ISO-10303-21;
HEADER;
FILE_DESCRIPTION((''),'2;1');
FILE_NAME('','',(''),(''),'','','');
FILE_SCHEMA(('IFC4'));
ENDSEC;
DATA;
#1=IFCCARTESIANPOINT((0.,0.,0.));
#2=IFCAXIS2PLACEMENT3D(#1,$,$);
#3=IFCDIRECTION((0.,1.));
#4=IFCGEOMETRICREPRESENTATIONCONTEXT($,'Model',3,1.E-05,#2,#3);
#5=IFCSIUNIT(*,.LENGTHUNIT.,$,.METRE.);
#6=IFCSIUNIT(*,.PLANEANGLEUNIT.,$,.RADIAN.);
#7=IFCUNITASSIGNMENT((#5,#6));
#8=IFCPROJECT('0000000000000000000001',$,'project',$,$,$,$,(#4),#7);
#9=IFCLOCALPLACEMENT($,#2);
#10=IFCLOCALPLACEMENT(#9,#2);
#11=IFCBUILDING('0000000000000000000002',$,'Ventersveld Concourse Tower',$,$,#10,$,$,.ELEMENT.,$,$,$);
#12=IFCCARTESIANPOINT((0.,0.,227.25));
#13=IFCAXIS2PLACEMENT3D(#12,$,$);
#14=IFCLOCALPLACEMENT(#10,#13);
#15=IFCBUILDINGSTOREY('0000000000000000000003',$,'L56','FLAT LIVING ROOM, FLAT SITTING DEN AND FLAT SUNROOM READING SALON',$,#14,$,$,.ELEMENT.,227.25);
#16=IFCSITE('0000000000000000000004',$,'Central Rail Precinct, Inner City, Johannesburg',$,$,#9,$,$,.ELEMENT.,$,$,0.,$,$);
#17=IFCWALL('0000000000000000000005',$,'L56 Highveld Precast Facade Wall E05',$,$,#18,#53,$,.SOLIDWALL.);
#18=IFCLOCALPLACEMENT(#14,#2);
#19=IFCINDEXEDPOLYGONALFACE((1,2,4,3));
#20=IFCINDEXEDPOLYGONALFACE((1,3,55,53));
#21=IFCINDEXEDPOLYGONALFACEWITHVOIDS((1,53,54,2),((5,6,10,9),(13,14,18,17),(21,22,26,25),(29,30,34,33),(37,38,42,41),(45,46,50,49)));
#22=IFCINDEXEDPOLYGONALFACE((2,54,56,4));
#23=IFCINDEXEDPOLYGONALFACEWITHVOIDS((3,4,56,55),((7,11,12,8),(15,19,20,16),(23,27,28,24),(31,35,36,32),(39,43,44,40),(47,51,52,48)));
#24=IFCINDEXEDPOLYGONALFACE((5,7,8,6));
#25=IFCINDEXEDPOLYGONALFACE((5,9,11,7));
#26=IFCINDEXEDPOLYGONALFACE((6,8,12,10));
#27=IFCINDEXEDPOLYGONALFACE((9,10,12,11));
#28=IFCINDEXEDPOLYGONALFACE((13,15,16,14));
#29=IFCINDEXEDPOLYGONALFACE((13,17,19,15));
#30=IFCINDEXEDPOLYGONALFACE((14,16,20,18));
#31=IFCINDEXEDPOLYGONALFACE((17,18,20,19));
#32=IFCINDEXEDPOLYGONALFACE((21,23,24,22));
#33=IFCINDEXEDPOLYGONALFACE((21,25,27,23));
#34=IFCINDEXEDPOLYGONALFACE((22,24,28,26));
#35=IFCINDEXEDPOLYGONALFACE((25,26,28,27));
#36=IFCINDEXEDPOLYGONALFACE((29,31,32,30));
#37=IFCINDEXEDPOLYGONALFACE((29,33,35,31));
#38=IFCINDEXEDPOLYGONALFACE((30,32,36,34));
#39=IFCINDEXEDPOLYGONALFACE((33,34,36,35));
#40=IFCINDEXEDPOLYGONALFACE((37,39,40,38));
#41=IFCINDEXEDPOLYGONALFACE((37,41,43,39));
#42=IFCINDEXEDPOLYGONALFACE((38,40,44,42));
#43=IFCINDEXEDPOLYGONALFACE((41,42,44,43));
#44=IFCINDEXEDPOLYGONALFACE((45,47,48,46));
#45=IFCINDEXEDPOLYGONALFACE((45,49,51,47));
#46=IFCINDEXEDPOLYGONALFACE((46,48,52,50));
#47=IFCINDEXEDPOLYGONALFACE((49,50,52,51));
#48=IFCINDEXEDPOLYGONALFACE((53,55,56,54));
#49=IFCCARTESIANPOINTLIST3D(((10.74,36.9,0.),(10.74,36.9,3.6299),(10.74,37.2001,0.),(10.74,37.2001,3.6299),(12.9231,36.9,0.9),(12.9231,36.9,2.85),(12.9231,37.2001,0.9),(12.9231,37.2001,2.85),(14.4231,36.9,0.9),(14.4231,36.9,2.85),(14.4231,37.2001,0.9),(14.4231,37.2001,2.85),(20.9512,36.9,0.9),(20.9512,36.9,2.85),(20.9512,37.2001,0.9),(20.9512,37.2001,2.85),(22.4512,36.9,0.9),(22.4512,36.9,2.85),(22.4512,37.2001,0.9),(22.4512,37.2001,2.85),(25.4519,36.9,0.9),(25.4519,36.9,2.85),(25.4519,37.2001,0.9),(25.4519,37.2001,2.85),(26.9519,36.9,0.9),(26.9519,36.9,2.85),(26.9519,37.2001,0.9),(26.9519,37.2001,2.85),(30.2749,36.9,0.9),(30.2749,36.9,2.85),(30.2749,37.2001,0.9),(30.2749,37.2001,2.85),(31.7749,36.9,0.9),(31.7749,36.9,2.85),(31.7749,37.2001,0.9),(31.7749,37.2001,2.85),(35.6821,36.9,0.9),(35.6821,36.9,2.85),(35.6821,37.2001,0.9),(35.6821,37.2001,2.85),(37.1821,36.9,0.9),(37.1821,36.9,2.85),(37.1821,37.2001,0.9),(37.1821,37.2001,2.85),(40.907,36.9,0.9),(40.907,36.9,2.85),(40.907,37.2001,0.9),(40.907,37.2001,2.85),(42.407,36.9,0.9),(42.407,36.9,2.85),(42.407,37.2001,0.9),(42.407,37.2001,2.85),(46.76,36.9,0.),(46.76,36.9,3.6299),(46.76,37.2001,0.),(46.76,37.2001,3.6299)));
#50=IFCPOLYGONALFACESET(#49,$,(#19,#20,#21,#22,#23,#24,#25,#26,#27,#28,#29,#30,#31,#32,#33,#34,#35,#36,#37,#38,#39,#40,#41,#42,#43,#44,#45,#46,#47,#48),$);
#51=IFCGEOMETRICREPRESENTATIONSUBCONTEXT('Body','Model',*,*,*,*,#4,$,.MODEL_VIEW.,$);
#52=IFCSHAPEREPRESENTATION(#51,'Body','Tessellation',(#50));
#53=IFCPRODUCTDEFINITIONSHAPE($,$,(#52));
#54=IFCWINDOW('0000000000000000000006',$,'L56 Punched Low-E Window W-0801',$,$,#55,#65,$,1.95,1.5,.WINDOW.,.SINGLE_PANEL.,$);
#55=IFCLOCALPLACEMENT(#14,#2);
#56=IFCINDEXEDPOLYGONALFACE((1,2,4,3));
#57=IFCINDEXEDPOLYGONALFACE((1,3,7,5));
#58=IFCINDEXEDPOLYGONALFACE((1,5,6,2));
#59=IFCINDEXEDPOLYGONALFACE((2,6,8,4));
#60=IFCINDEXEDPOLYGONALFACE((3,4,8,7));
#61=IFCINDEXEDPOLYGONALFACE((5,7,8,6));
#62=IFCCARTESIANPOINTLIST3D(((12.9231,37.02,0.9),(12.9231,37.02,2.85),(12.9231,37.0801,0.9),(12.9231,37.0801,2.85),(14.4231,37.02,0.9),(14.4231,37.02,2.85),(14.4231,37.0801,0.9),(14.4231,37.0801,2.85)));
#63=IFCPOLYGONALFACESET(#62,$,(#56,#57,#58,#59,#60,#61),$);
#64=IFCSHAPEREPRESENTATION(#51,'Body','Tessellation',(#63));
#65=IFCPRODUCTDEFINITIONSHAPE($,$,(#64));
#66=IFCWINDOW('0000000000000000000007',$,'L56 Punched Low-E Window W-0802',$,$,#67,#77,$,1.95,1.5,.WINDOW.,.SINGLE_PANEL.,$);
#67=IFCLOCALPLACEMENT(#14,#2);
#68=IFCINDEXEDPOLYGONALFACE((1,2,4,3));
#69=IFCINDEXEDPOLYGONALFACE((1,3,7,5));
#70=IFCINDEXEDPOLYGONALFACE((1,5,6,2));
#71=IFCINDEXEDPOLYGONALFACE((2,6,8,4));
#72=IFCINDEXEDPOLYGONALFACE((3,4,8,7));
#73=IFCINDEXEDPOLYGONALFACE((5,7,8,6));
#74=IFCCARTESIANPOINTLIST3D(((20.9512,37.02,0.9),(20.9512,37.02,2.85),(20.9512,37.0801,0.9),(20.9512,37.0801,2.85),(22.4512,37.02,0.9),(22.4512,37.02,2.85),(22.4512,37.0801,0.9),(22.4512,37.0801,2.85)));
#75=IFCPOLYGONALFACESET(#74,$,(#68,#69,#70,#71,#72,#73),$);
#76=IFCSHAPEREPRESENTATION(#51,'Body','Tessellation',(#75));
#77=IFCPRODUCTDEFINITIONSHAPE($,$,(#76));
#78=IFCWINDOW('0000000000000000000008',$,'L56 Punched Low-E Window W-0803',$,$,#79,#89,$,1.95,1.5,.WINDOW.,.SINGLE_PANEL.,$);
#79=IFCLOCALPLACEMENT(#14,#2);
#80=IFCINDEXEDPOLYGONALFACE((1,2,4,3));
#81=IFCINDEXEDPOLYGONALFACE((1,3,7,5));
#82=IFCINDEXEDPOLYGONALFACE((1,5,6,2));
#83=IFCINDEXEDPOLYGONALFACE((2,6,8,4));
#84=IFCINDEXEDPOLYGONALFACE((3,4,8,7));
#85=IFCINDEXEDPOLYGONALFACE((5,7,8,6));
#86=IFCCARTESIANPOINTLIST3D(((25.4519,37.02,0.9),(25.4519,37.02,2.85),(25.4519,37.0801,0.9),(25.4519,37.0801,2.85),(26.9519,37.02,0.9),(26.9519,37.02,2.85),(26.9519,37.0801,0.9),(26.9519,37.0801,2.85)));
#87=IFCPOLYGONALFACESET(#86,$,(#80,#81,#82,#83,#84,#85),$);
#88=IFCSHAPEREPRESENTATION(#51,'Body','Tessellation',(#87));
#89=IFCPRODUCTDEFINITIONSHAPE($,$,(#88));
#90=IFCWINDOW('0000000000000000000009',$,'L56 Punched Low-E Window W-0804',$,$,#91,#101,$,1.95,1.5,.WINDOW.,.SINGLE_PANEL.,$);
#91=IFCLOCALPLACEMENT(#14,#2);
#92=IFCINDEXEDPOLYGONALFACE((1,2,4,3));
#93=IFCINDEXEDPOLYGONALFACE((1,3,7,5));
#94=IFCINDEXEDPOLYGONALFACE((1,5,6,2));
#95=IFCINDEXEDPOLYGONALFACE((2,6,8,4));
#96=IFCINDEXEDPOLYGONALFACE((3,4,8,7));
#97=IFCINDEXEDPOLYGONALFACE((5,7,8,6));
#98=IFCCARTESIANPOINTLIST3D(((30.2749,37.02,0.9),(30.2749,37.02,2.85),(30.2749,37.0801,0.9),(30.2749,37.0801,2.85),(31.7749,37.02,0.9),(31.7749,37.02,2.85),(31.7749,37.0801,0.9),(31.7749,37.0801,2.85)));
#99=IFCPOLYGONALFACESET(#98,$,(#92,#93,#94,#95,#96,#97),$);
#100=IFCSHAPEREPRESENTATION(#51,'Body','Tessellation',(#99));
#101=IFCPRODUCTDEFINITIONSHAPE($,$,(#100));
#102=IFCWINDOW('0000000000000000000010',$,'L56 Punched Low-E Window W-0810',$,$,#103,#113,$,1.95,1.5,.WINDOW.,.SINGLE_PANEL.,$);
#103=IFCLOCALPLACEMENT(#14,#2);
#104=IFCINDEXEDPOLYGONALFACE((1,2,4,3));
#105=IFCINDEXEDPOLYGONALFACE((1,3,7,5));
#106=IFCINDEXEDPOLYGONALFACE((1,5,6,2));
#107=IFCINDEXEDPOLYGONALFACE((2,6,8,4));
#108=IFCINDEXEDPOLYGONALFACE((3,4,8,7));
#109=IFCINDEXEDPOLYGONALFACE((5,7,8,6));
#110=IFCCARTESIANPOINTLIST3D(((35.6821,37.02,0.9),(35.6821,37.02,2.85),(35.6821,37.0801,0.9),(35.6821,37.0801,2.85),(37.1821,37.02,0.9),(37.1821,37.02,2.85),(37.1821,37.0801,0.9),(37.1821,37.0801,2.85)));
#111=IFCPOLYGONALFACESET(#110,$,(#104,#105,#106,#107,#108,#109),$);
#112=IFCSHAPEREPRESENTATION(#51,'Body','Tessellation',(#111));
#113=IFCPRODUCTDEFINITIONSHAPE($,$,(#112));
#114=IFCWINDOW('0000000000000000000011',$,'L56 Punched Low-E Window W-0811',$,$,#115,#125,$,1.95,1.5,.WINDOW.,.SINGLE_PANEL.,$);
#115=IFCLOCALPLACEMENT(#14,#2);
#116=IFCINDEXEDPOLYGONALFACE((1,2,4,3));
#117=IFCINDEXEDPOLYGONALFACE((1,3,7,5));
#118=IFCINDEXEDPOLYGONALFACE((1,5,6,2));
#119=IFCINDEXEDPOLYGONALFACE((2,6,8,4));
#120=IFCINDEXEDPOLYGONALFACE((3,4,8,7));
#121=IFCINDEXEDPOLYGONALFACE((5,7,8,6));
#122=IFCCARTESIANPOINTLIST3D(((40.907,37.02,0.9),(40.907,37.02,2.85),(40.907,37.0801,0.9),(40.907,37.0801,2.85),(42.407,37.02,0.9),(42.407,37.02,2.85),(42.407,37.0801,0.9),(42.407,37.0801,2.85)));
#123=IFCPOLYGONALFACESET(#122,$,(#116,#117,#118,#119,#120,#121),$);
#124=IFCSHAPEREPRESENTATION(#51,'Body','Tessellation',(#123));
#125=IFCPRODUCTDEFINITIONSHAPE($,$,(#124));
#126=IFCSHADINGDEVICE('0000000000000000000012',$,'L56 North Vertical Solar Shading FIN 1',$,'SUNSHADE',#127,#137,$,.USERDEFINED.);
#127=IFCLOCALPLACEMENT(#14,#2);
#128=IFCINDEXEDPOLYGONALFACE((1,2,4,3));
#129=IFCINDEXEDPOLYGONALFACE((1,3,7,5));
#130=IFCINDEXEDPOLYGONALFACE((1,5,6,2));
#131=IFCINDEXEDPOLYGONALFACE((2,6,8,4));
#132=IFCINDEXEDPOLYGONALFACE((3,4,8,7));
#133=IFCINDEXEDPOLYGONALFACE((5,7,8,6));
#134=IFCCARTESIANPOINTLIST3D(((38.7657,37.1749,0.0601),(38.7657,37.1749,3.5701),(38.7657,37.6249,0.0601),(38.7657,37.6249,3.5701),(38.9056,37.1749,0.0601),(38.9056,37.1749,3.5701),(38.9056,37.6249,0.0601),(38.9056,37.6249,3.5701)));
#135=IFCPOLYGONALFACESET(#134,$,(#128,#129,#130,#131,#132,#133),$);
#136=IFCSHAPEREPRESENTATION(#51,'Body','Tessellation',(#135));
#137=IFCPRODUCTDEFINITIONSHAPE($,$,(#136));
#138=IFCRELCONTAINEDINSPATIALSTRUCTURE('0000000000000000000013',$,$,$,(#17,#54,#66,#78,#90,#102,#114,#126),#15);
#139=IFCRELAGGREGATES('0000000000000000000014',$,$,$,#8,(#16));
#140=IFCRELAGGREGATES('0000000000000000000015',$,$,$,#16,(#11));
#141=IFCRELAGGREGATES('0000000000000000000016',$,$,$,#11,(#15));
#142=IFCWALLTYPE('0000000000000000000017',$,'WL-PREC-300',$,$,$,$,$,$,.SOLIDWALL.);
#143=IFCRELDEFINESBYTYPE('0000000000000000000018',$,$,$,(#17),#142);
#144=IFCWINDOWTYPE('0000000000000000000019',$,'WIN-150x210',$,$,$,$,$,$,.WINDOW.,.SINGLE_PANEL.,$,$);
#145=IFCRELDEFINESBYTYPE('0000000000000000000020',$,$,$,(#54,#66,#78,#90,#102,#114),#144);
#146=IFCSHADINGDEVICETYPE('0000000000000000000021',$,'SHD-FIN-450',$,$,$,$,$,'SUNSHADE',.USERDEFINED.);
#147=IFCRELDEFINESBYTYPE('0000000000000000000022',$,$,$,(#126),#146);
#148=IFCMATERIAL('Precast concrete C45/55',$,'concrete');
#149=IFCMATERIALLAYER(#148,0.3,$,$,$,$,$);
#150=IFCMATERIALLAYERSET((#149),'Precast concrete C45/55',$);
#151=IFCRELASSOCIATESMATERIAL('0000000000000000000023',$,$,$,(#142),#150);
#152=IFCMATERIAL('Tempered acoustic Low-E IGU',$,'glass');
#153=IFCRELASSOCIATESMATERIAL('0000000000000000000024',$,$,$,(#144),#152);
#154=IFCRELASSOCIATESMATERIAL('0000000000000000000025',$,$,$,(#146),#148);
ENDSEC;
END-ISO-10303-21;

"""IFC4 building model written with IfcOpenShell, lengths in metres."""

from ifc_helpers import new_model, si_unit, direction, frame, frame_2d, origin, origin_2d, place, context, subcontext, project, spatial, rectangle, extrude, material, layer, layer_set, type_object, element, fill, save


model = new_model("IFC4")

# Units and contexts
model_context = context("Model", 3, precision=1e-05, world=origin(), true_north=direction((0.0, 1.0)))
body_context = subcontext(model_context, "Body", "Model", "MODEL_VIEW")
ifc_project = project(units=[si_unit("LENGTHUNIT", "METRE"), si_unit("PLANEANGLEUNIT", "RADIAN")], contexts=[model_context])

# Site, building, storey
site_placement = place(None, origin())
site = spatial("IfcSite", under=ifc_project, at=site_placement, Name="Central Rail Precinct, Inner City, Johannesburg", CompositionType="ELEMENT", RefElevation=0.0)
building_placement = place(site_placement, origin())
building = spatial("IfcBuilding", under=site, at=building_placement, Name="Ventersveld Concourse Tower", CompositionType="ELEMENT")
storey_placement = place(building_placement, frame((0.0, 0.0, 227.25)))
storey = spatial("IfcBuildingStorey", under=building, at=storey_placement, Name="L56", Description="FLAT LIVING ROOM, FLAT SITTING DEN AND FLAT SUNROOM READING SALON", CompositionType="ELEMENT", Elevation=227.25)

# Shared definitions
ifc_material_1 = material(Name="Precast concrete C45/55", Category="concrete")
ifc_layer_1 = layer(ifc_material_1, 0.3)
ifc_layer_set_1 = layer_set([ifc_layer_1], Name="Precast concrete C45/55")
wall_type_1 = type_object("IfcWallType", Name="WL-PREC-300", PredefinedType="SOLIDWALL", material=ifc_layer_set_1)

# Wall, openings, windows
wall_1_placement = place(storey_placement, frame((46.76, 37.05, 0.0), z_axis=(0.0, 0.0, 1.0), x_axis=(-1.0, 0.0, 0.0)))
wall_1 = element("IfcWall", 1, at=wall_1_placement, inside=storey, type_object=wall_type_1, Name="L56 Highveld Precast Facade Wall E05", PredefinedType="SOLIDWALL", context=body_context, shape_type="SweptSolid", body=[
    extrude(rectangle(XDim=36.02, YDim=0.3, at=frame_2d((18.01, 0.0))), origin(), (0.0, 0.0, 1.0), 3.6299),
])
opening_1_placement = place(wall_1_placement, frame((32.3369, 0.0, 0.8999)))
opening_1 = element("IfcOpeningElement", 2, at=opening_1_placement, cuts=wall_1, PredefinedType="OPENING", context=body_context, shape_type="SweptSolid", body=[
    extrude(rectangle(XDim=1.5, YDim=1.95, at=frame_2d((0.75, 0.9751))), frame((0.0, 0.1602, 0.0), z_axis=(0.0, -1.0, 0.0), x_axis=(1.0, 0.0, 0.0)), (0.0, 0.0, 1.0), 0.3201),
])
opening_2_placement = place(wall_1_placement, frame((24.3088, 0.0, 0.8999)))
opening_2 = element("IfcOpeningElement", 3, at=opening_2_placement, cuts=wall_1, PredefinedType="OPENING", context=body_context, shape_type="SweptSolid", body=[
    extrude(rectangle(XDim=1.5, YDim=1.95, at=frame_2d((0.75, 0.9751))), frame((0.0, 0.1602, 0.0), z_axis=(0.0, -1.0, 0.0), x_axis=(1.0, 0.0, 0.0)), (0.0, 0.0, 1.0), 0.3201),
])
opening_3_placement = place(wall_1_placement, frame((19.8081, 0.0, 0.8999)))
opening_3 = element("IfcOpeningElement", 4, at=opening_3_placement, cuts=wall_1, PredefinedType="OPENING", context=body_context, shape_type="SweptSolid", body=[
    extrude(rectangle(XDim=1.5, YDim=1.95, at=frame_2d((0.75, 0.9751))), frame((0.0, 0.1602, 0.0), z_axis=(0.0, -1.0, 0.0), x_axis=(1.0, 0.0, 0.0)), (0.0, 0.0, 1.0), 0.3201),
])
opening_4_placement = place(wall_1_placement, frame((14.9851, 0.0, 0.8999)))
opening_4 = element("IfcOpeningElement", 5, at=opening_4_placement, cuts=wall_1, PredefinedType="OPENING", context=body_context, shape_type="SweptSolid", body=[
    extrude(rectangle(XDim=1.5, YDim=1.95, at=frame_2d((0.75, 0.9751))), frame((0.0, 0.1602, 0.0), z_axis=(0.0, -1.0, 0.0), x_axis=(1.0, 0.0, 0.0)), (0.0, 0.0, 1.0), 0.3201),
])
opening_5_placement = place(wall_1_placement, frame((9.5779, 0.0, 0.8999)))
opening_5 = element("IfcOpeningElement", 6, at=opening_5_placement, cuts=wall_1, PredefinedType="OPENING", context=body_context, shape_type="SweptSolid", body=[
    extrude(rectangle(XDim=1.5, YDim=1.95, at=frame_2d((0.75, 0.9751))), frame((0.0, 0.1602, 0.0), z_axis=(0.0, -1.0, 0.0), x_axis=(1.0, 0.0, 0.0)), (0.0, 0.0, 1.0), 0.3201),
])
opening_6_placement = place(wall_1_placement, frame((4.353, 0.0, 0.8999)))
opening_6 = element("IfcOpeningElement", 7, at=opening_6_placement, cuts=wall_1, PredefinedType="OPENING", context=body_context, shape_type="SweptSolid", body=[
    extrude(rectangle(XDim=1.5, YDim=1.95, at=frame_2d((0.75, 0.9751))), frame((0.0, 0.1602, 0.0), z_axis=(0.0, -1.0, 0.0), x_axis=(1.0, 0.0, 0.0)), (0.0, 0.0, 1.0), 0.3201),
])
ifc_material_2 = material(Name="Tempered acoustic Low-E IGU", Category="glass")
window_type = type_object("IfcWindowType", Name="WIN-150x210", PartitioningType="SINGLE_PANEL", PredefinedType="WINDOW", material=ifc_material_2)
window_1_placement = place(opening_1_placement, origin())
window_1 = element("IfcWindow", 8, at=window_1_placement, inside=storey, type_object=window_type, Name="L56 Punched Low-E Window W-0801", OverallHeight=1.95, OverallWidth=1.5, PartitioningType="SINGLE_PANEL", PredefinedType="WINDOW", context=body_context, shape_type="SweptSolid", body=[
    extrude(rectangle(XDim=1.5, YDim=1.95, at=frame_2d((0.75, 0.9751))), frame((0.0, 0.03, 0.0), z_axis=(0.0, -1.0, 0.0), x_axis=(1.0, 0.0, 0.0)), (0.0, 0.0, 1.0), 0.0601),
])
fill(opening_1, window_1)
window_2_placement = place(opening_2_placement, origin())
window_2 = element("IfcWindow", 9, at=window_2_placement, inside=storey, type_object=window_type, Name="L56 Punched Low-E Window W-0802", OverallHeight=1.95, OverallWidth=1.5, PartitioningType="SINGLE_PANEL", PredefinedType="WINDOW", context=body_context, shape_type="SweptSolid", body=[
    extrude(rectangle(XDim=1.5, YDim=1.95, at=frame_2d((0.75, 0.9751))), frame((0.0, 0.03, 0.0), z_axis=(0.0, -1.0, 0.0), x_axis=(1.0, 0.0, 0.0)), (0.0, 0.0, 1.0), 0.0601),
])
fill(opening_2, window_2)
window_3_placement = place(opening_3_placement, origin())
window_3 = element("IfcWindow", 10, at=window_3_placement, inside=storey, type_object=window_type, Name="L56 Punched Low-E Window W-0803", OverallHeight=1.95, OverallWidth=1.5, PartitioningType="SINGLE_PANEL", PredefinedType="WINDOW", context=body_context, shape_type="SweptSolid", body=[
    extrude(rectangle(XDim=1.5, YDim=1.95, at=frame_2d((0.75, 0.9751))), frame((0.0, 0.03, 0.0), z_axis=(0.0, -1.0, 0.0), x_axis=(1.0, 0.0, 0.0)), (0.0, 0.0, 1.0), 0.0601),
])
fill(opening_3, window_3)
window_4_placement = place(opening_4_placement, origin())
window_4 = element("IfcWindow", 11, at=window_4_placement, inside=storey, type_object=window_type, Name="L56 Punched Low-E Window W-0804", OverallHeight=1.95, OverallWidth=1.5, PartitioningType="SINGLE_PANEL", PredefinedType="WINDOW", context=body_context, shape_type="SweptSolid", body=[
    extrude(rectangle(XDim=1.5, YDim=1.95, at=frame_2d((0.75, 0.9751))), frame((0.0, 0.03, 0.0), z_axis=(0.0, -1.0, 0.0), x_axis=(1.0, 0.0, 0.0)), (0.0, 0.0, 1.0), 0.0601),
])
fill(opening_4, window_4)
window_5_placement = place(opening_5_placement, origin())
window_5 = element("IfcWindow", 12, at=window_5_placement, inside=storey, type_object=window_type, Name="L56 Punched Low-E Window W-0810", OverallHeight=1.95, OverallWidth=1.5, PartitioningType="SINGLE_PANEL", PredefinedType="WINDOW", context=body_context, shape_type="SweptSolid", body=[
    extrude(rectangle(XDim=1.5, YDim=1.95, at=frame_2d((0.75, 0.9751))), frame((0.0, 0.03, 0.0), z_axis=(0.0, -1.0, 0.0), x_axis=(1.0, 0.0, 0.0)), (0.0, 0.0, 1.0), 0.0601),
])
fill(opening_5, window_5)
window_6_placement = place(opening_6_placement, origin())
window_6 = element("IfcWindow", 13, at=window_6_placement, inside=storey, type_object=window_type, Name="L56 Punched Low-E Window W-0811", OverallHeight=1.95, OverallWidth=1.5, PartitioningType="SINGLE_PANEL", PredefinedType="WINDOW", context=body_context, shape_type="SweptSolid", body=[
    extrude(rectangle(XDim=1.5, YDim=1.95, at=frame_2d((0.75, 0.9751))), frame((0.0, 0.03, 0.0), z_axis=(0.0, -1.0, 0.0), x_axis=(1.0, 0.0, 0.0)), (0.0, 0.0, 1.0), 0.0601),
])
fill(opening_6, window_6)

# Shading device
shading_device_type = type_object("IfcShadingDeviceType", Name="SHD-FIN-450", ElementType="SUNSHADE", PredefinedType="USERDEFINED", material=ifc_material_1)
shading_device_placement = place(storey_placement, frame((38.8357, 37.3999, 0.0601), z_axis=(0.0, 0.0, 1.0), x_axis=(1.0, 0.0, 0.0)))
element("IfcShadingDevice", 14, at=shading_device_placement, inside=storey, type_object=shading_device_type, Name="L56 North Vertical Solar Shading FIN 1", ObjectType="SUNSHADE", PredefinedType="USERDEFINED", context=body_context, shape_type="SweptSolid", body=[
    extrude(rectangle(XDim=0.1399, YDim=0.45, at=origin_2d()), origin(), (0.0, 0.0, 1.0), 3.51),
])

save(model, "model.ifc")
